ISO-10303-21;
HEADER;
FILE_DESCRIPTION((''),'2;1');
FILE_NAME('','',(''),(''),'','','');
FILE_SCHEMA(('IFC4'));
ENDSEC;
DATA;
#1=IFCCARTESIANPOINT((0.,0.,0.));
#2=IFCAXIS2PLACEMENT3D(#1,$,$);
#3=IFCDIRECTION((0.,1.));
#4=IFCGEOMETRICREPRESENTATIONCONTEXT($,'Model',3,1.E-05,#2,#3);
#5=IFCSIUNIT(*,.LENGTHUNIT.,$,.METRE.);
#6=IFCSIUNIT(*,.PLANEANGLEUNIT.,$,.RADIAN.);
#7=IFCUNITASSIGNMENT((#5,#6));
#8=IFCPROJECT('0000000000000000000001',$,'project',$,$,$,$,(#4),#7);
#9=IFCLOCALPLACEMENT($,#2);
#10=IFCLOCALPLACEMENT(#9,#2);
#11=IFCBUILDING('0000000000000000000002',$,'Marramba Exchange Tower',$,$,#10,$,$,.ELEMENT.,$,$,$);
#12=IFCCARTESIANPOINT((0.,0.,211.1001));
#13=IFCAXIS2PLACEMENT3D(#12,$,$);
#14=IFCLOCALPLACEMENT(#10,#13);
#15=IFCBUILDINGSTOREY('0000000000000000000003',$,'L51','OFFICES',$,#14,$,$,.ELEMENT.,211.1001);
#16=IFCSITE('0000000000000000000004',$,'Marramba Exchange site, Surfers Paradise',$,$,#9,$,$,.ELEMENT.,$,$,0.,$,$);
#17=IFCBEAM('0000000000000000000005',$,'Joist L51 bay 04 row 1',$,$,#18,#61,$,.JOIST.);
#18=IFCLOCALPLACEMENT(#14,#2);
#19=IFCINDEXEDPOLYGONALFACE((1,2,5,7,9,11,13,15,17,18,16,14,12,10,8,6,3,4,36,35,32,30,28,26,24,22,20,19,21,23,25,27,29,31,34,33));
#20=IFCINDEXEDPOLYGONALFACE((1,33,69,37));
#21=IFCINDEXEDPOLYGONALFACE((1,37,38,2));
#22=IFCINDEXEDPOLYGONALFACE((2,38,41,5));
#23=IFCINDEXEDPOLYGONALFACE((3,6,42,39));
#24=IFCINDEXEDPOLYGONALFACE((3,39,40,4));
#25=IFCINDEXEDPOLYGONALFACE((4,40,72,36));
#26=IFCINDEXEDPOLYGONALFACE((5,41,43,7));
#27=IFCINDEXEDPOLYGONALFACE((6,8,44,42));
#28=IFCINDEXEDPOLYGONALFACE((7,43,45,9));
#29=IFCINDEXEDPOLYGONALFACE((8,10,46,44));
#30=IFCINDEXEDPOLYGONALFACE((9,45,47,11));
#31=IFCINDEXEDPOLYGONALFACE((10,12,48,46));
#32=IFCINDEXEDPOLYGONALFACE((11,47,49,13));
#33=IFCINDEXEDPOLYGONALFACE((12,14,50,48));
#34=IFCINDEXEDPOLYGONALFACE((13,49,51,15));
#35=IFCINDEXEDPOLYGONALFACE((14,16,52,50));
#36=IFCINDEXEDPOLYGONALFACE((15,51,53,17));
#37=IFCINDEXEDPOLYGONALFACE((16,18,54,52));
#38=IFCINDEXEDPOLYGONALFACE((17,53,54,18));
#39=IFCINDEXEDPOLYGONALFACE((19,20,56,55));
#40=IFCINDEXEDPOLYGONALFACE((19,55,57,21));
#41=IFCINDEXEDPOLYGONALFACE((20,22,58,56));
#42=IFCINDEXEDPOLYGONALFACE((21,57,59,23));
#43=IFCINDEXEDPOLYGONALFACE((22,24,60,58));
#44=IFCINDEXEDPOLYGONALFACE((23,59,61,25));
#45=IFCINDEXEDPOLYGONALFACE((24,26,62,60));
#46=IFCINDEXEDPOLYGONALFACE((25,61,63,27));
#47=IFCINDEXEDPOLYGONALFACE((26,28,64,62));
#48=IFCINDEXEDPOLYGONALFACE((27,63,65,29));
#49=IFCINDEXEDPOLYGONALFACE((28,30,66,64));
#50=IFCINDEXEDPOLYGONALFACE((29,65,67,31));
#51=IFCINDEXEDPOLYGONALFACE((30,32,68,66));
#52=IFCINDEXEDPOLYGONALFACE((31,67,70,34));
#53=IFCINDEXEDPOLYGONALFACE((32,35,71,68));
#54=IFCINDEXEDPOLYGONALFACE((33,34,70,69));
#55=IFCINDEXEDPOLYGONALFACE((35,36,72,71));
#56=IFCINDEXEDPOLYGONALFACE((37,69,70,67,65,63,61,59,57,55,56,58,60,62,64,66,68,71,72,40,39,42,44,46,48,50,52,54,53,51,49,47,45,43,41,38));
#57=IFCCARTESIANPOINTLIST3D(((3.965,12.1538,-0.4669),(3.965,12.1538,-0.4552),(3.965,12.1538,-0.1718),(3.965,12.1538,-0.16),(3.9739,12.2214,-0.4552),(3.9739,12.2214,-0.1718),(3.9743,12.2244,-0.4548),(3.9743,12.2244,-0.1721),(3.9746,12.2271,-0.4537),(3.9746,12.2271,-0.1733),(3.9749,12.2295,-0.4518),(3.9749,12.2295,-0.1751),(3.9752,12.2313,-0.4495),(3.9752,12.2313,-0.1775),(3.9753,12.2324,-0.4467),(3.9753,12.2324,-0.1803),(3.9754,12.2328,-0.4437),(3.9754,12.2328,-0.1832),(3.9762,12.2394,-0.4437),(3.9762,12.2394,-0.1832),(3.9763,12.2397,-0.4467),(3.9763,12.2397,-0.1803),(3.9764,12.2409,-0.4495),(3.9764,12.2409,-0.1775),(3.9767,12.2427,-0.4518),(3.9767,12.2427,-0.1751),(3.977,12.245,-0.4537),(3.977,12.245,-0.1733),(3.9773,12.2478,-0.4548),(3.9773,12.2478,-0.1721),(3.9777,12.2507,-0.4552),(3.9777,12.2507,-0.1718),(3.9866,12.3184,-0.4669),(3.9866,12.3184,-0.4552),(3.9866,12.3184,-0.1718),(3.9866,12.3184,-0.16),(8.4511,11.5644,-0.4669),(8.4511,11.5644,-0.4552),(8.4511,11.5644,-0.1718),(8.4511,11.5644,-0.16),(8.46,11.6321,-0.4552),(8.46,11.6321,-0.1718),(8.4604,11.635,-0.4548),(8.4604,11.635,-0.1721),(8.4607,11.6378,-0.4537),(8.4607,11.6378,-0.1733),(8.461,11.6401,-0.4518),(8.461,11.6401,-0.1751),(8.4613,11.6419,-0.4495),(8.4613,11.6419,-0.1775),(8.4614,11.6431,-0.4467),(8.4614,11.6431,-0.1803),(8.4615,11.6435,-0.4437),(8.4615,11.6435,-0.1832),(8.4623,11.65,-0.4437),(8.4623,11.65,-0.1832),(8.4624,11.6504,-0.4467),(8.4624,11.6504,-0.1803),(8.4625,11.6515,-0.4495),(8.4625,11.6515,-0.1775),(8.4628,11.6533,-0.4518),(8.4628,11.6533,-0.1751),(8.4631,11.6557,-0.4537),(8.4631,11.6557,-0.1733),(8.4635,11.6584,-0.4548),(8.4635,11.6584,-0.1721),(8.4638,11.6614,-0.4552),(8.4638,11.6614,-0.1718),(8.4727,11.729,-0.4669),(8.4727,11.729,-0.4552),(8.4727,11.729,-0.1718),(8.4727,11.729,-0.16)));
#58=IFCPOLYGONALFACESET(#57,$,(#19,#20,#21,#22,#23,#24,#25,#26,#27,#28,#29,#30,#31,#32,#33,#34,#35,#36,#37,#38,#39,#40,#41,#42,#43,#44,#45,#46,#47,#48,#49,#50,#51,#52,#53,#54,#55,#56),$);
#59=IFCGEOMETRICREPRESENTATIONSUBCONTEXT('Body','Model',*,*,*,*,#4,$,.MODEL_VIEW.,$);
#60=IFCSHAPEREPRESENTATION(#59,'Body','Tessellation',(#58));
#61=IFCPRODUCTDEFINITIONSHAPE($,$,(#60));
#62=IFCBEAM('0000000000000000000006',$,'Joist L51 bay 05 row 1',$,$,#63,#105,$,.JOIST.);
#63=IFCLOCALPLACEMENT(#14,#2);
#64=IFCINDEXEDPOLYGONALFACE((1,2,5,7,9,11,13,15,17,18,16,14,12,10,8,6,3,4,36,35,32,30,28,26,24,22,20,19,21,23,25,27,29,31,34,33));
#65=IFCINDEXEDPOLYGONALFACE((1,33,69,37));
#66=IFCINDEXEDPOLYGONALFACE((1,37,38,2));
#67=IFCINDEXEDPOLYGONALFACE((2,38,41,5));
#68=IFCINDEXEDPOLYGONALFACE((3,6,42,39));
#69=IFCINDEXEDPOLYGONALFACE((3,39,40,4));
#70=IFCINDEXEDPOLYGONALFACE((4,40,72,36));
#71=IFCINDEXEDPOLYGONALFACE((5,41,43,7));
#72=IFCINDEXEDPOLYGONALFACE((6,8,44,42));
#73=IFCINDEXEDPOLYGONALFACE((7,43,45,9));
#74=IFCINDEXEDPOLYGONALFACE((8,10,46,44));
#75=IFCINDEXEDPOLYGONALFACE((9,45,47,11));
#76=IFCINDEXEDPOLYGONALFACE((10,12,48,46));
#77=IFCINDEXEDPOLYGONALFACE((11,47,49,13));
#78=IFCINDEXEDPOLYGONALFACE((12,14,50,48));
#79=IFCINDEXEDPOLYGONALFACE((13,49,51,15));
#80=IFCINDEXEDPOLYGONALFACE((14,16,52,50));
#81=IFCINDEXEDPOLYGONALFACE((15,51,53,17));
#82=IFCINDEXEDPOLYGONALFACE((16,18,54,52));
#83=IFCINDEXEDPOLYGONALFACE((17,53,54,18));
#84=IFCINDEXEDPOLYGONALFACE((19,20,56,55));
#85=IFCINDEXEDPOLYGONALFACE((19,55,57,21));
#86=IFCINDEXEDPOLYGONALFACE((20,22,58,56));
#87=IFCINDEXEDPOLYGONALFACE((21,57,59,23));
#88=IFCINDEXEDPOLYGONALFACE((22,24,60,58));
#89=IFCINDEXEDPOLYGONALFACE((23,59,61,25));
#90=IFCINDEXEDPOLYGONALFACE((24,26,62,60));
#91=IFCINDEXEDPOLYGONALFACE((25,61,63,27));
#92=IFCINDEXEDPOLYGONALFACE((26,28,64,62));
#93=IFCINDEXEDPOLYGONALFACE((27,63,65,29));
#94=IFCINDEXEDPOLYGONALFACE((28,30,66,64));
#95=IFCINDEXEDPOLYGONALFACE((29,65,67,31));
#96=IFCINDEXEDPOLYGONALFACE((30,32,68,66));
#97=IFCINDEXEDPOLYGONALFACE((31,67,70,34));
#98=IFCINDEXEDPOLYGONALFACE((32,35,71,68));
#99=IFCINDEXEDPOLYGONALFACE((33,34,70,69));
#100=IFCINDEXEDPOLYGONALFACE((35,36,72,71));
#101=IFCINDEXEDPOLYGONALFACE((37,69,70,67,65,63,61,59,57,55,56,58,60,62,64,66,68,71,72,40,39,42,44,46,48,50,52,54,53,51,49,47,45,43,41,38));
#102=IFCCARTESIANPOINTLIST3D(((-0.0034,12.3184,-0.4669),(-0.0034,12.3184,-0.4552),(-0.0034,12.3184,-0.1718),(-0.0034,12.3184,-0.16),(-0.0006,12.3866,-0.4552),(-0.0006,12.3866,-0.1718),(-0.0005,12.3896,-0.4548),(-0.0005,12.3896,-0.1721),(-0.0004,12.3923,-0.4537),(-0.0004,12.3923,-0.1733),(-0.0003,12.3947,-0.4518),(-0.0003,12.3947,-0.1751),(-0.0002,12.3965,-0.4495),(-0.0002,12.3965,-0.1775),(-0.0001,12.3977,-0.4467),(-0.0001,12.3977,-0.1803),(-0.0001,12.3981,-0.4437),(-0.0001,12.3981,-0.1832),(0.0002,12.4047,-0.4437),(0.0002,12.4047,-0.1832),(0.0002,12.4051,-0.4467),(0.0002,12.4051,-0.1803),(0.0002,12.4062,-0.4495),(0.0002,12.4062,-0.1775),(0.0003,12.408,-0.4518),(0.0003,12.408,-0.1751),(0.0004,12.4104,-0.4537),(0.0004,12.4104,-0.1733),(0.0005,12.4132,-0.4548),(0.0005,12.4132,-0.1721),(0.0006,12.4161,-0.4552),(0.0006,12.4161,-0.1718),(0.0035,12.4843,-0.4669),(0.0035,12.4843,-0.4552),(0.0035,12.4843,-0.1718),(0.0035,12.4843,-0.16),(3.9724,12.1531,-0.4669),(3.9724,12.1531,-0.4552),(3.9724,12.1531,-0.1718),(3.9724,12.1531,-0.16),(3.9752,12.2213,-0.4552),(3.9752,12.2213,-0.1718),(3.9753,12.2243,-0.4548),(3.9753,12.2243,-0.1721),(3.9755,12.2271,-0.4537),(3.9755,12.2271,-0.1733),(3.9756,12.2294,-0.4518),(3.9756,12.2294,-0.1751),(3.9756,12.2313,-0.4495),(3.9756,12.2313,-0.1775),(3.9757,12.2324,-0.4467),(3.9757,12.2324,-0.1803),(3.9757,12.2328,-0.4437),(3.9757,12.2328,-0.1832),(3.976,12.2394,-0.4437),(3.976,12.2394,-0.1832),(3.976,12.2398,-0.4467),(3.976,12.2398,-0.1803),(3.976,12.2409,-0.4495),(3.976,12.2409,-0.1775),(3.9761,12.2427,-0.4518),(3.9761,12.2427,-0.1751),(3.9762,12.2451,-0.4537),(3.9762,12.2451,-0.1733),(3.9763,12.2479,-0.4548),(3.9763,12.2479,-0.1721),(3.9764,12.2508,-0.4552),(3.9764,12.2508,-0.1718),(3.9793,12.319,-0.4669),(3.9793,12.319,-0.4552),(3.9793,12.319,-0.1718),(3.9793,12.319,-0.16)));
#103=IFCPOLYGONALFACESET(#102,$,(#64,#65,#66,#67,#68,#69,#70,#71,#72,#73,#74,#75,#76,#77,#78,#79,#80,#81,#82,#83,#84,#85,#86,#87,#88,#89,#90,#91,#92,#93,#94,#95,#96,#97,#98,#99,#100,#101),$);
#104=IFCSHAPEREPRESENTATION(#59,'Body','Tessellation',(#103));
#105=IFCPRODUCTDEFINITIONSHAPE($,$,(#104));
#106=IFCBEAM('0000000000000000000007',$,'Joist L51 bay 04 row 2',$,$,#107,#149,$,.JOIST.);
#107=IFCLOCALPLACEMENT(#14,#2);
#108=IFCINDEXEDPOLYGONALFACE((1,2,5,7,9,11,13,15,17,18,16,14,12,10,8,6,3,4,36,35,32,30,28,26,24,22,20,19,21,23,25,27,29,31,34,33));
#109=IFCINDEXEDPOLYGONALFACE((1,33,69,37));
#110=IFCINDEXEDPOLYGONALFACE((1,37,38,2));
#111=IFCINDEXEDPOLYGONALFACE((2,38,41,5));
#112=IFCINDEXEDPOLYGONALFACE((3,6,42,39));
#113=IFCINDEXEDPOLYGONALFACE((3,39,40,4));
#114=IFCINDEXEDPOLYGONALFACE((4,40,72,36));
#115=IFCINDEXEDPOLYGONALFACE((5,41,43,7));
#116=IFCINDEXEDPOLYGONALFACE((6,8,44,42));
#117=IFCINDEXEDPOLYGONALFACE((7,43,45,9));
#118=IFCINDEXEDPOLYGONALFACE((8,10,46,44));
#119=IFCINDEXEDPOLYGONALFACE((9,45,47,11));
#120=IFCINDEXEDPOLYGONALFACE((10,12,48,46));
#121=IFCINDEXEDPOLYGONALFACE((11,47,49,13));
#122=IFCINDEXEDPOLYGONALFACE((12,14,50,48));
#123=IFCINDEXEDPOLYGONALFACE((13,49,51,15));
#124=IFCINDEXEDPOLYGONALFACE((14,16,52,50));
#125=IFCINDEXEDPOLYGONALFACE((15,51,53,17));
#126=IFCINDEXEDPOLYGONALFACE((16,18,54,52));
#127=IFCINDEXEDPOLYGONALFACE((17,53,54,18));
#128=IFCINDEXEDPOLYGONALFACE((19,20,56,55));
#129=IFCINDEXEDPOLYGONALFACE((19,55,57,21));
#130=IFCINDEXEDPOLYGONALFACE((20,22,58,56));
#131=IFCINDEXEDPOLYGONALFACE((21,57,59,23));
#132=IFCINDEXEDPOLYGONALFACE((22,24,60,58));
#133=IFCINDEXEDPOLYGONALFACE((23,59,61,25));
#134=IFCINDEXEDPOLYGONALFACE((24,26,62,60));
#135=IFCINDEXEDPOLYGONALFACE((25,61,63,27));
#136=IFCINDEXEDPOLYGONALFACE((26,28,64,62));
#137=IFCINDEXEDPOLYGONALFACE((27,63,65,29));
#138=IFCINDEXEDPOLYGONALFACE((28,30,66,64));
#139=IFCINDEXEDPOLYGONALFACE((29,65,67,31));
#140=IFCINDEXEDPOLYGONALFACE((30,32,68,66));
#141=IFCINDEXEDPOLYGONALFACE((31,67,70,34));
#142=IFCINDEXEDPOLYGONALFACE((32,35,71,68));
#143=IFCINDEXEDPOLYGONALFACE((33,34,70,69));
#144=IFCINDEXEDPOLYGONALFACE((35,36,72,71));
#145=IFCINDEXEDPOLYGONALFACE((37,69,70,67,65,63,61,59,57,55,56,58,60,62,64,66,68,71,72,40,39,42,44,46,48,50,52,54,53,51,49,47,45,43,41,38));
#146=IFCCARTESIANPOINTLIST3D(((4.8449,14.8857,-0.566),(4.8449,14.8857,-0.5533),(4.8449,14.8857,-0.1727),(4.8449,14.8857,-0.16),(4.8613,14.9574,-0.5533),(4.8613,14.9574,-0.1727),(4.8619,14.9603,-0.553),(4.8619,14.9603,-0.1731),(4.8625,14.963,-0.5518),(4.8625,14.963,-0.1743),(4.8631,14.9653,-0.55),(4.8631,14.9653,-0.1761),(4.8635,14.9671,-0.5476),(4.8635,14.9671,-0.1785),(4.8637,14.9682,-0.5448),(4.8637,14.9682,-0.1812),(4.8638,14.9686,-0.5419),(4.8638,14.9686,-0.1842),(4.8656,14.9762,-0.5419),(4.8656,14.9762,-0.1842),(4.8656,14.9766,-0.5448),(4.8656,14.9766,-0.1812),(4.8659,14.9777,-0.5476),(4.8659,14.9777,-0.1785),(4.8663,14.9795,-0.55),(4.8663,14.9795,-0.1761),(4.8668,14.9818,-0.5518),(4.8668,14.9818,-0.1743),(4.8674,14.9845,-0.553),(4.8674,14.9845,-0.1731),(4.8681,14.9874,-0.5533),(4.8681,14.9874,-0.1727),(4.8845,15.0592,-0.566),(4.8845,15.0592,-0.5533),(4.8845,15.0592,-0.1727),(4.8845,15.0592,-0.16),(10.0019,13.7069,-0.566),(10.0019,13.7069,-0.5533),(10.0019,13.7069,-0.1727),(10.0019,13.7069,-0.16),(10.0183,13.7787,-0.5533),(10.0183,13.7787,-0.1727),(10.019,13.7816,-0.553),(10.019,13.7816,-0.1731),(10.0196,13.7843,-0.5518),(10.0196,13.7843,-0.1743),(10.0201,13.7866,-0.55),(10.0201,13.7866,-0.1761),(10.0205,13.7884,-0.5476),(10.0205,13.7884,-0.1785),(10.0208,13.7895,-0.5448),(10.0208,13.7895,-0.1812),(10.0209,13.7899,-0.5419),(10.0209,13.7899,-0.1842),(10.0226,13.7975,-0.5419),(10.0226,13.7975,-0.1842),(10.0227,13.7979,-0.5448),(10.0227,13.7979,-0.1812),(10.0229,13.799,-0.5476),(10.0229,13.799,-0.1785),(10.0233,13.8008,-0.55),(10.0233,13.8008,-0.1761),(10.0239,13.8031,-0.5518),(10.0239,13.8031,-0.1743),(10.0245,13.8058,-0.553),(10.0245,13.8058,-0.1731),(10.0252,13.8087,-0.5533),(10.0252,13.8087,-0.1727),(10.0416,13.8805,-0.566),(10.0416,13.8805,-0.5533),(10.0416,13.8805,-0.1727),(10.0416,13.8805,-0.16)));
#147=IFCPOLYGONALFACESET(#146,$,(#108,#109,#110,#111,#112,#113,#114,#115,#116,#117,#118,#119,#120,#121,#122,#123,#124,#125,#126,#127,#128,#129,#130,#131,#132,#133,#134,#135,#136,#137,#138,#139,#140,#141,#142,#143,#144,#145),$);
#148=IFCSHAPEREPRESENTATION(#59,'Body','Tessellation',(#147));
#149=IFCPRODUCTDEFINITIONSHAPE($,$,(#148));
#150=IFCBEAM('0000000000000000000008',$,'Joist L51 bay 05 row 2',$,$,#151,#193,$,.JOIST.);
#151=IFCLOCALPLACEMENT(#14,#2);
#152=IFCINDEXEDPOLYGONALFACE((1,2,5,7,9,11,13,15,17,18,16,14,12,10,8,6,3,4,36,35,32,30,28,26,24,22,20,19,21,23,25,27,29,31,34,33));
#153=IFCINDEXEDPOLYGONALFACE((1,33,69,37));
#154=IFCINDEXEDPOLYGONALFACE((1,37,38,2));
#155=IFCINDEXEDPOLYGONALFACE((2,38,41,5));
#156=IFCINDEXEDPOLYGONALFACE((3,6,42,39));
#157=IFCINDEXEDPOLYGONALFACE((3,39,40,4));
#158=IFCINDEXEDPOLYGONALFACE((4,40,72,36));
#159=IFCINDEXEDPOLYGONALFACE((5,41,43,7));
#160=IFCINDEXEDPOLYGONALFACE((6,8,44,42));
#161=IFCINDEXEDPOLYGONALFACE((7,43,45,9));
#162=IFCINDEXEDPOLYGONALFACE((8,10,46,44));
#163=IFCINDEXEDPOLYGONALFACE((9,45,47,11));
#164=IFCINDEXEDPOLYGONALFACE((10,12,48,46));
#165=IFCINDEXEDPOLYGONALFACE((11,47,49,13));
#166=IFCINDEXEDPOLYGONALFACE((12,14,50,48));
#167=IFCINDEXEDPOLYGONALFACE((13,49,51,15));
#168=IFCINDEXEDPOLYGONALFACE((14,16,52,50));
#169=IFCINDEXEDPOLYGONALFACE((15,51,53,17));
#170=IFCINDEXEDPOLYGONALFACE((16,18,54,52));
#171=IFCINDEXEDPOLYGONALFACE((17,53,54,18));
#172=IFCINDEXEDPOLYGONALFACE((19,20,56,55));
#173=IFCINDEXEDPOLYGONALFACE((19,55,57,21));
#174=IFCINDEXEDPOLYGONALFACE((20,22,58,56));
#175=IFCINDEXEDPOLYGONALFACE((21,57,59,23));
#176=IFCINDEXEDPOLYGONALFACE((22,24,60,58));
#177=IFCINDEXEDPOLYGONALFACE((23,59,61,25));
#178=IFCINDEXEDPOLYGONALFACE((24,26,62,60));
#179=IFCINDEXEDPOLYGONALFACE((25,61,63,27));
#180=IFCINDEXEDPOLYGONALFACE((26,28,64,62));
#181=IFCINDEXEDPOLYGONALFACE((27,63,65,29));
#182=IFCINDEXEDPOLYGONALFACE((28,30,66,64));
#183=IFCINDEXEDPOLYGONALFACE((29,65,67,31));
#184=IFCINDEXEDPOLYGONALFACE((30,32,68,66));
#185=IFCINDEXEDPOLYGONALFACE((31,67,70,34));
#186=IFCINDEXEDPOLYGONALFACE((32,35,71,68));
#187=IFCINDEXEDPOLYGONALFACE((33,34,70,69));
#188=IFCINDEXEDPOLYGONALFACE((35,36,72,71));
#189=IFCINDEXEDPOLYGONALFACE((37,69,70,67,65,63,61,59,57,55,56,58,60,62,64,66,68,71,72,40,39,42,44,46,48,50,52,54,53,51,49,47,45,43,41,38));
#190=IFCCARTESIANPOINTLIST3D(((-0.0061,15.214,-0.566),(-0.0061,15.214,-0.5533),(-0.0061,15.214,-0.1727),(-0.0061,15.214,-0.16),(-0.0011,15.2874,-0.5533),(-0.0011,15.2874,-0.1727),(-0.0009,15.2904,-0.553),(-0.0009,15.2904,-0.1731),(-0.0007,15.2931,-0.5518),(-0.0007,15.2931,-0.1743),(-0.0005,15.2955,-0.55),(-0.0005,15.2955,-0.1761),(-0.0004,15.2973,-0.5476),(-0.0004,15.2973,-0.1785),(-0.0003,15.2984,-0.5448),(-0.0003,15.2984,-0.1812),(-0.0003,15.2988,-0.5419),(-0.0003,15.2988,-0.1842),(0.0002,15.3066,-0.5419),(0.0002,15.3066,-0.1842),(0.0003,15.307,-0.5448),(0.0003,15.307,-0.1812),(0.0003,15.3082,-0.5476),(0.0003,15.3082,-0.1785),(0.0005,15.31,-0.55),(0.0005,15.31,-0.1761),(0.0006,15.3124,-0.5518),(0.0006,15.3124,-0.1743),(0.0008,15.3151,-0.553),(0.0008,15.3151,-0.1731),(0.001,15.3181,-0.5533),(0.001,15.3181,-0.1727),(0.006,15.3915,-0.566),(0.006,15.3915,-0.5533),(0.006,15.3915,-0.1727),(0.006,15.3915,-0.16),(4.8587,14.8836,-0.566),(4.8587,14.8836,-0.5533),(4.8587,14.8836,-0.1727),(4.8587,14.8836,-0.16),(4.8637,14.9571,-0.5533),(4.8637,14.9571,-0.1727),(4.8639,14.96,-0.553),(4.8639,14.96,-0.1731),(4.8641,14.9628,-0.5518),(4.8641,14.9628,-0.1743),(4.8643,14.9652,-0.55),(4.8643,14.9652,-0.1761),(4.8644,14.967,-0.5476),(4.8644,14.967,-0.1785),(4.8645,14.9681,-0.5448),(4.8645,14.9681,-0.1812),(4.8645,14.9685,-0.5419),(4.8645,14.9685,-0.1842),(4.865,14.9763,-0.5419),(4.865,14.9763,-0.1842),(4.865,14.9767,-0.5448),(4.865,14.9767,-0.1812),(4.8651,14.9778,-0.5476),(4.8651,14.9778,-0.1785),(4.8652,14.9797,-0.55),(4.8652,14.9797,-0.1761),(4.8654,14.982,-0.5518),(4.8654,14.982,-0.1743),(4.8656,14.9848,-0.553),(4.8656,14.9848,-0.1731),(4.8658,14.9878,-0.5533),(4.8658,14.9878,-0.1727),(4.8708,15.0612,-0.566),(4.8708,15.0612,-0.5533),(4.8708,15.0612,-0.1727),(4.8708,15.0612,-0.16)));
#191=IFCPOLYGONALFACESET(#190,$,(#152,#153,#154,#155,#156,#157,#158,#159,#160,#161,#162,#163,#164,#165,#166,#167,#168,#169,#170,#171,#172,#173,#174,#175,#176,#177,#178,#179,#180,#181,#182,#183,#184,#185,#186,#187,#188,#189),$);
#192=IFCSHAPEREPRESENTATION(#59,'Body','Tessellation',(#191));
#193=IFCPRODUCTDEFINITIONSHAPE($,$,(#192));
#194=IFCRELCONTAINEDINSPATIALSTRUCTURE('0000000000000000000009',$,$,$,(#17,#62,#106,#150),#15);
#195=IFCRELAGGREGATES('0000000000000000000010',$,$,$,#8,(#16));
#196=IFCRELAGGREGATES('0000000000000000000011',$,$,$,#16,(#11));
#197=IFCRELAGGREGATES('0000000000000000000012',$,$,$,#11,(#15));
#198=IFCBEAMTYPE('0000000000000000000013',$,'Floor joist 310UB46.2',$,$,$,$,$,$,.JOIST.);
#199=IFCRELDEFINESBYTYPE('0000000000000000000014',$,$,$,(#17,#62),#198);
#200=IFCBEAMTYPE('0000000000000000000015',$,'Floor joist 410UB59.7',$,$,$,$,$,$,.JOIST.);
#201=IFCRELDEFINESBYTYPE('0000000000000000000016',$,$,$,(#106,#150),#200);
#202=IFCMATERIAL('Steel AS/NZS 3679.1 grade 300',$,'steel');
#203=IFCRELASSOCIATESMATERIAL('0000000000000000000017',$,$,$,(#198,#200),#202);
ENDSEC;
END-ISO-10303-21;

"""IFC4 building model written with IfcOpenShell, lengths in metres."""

from ifc_helpers import new_model, si_unit, direction, frame, origin, origin_2d, place, context, subcontext, project, spatial, i_section, extrude, material, material_profile, profile_set, type_object, element, save


model = new_model("IFC4")

# Units and contexts
model_context = context("Model", 3, precision=1e-05, world=origin(), true_north=direction((0.0, 1.0)))
body_context = subcontext(model_context, "Body", "Model", "MODEL_VIEW")
ifc_project = project(units=[si_unit("LENGTHUNIT", "METRE"), si_unit("PLANEANGLEUNIT", "RADIAN")], contexts=[model_context])

# Site, building, storey
site_placement = place(None, origin())
site = spatial("IfcSite", under=ifc_project, at=site_placement, Name="Marramba Exchange site, Surfers Paradise", CompositionType="ELEMENT", RefElevation=0.0)
building_placement = place(site_placement, origin())
building = spatial("IfcBuilding", under=site, at=building_placement, Name="Marramba Exchange Tower", CompositionType="ELEMENT")
storey_placement = place(building_placement, frame((0.0, 0.0, 211.1001)))
storey = spatial("IfcBuildingStorey", under=building, at=storey_placement, Name="L51", Description="OFFICES", CompositionType="ELEMENT", Elevation=211.1001)

# Beams
ifc_material_1 = material(Name="Steel AS/NZS 3679.1 grade 300", Category="steel")
ifc_material_profile_1 = material_profile(ifc_material_1, i_section(OverallWidth=0.166, OverallDepth=0.3069, WebThickness=0.0066, FlangeThickness=0.0117, FilletRadius=0.0115, at=origin_2d()), Name="310UB46.2")
ifc_profile_set_1 = profile_set([ifc_material_profile_1], Name="Steel AS/NZS 3679.1 grade 300")
beam_type_1 = type_object("IfcBeamType", Name="Floor joist 310UB46.2", PredefinedType="JOIST", material=ifc_profile_set_1)
beam_1_placement = place(storey_placement, frame((8.4619, 11.6467, -0.3135), z_axis=(-0.991481, 0.130255, 0.0), x_axis=(-0.130255, -0.991481, 0.0)))
element("IfcBeam", 1, at=beam_1_placement, inside=storey, type_object=beam_type_1, Name="Joist L51 bay 04 row 1", PredefinedType="JOIST", context=body_context, shape_type="SweptSolid", body=[
    extrude(i_section(OverallWidth=0.166, OverallDepth=0.3069, WebThickness=0.0066, FlangeThickness=0.0117, FilletRadius=0.0115, at=origin_2d()), origin(), (0.0, 0.0, 1.0), 4.5247),
])
beam_2_placement = place(storey_placement, frame((3.9758, 12.2361, -0.3135), z_axis=(-0.999137, 0.041536, 0.0), x_axis=(-0.041536, -0.999137, 0.0)))
element("IfcBeam", 2, at=beam_2_placement, inside=storey, type_object=beam_type_1, Name="Joist L51 bay 05 row 1", PredefinedType="JOIST", context=body_context, shape_type="SweptSolid", body=[
    extrude(i_section(OverallWidth=0.166, OverallDepth=0.3069, WebThickness=0.0066, FlangeThickness=0.0117, FilletRadius=0.0115, at=origin_2d()), origin(), (0.0, 0.0, 1.0), 3.9792),
])
ifc_material_profile_2 = material_profile(ifc_material_1, i_section(OverallWidth=0.178, OverallDepth=0.406, WebThickness=0.0078, FlangeThickness=0.0127, FilletRadius=0.0115, at=origin_2d()), Name="410UB59.7")
ifc_profile_set_2 = profile_set([ifc_material_profile_2], Name="Steel AS/NZS 3679.1 grade 300")
beam_type_2 = type_object("IfcBeamType", Name="Floor joist 410UB59.7", PredefinedType="JOIST", material=ifc_profile_set_2)
beam_3_placement = place(storey_placement, frame((10.0217, 13.7937, -0.363), z_axis=(-0.97486, 0.22282, 0.0), x_axis=(-0.22282, -0.97486, 0.0)))
element("IfcBeam", 3, at=beam_3_placement, inside=storey, type_object=beam_type_2, Name="Joist L51 bay 04 row 2", PredefinedType="JOIST", context=body_context, shape_type="SweptSolid", body=[
    extrude(i_section(OverallWidth=0.178, OverallDepth=0.406, WebThickness=0.0078, FlangeThickness=0.0127, FilletRadius=0.0115, at=origin_2d()), origin(), (0.0, 0.0, 1.0), 5.29),
])
beam_4_placement = place(storey_placement, frame((4.8647, 14.9724, -0.363), z_axis=(-0.997703, 0.067745, 0.0), x_axis=(-0.067745, -0.997703, 0.0)))
element("IfcBeam", 4, at=beam_4_placement, inside=storey, type_object=beam_type_2, Name="Joist L51 bay 05 row 2", PredefinedType="JOIST", context=body_context, shape_type="SweptSolid", body=[
    extrude(i_section(OverallWidth=0.178, OverallDepth=0.406, WebThickness=0.0078, FlangeThickness=0.0127, FilletRadius=0.0115, at=origin_2d()), origin(), (0.0, 0.0, 1.0), 4.876),
])

save(model, "model.ifc")
